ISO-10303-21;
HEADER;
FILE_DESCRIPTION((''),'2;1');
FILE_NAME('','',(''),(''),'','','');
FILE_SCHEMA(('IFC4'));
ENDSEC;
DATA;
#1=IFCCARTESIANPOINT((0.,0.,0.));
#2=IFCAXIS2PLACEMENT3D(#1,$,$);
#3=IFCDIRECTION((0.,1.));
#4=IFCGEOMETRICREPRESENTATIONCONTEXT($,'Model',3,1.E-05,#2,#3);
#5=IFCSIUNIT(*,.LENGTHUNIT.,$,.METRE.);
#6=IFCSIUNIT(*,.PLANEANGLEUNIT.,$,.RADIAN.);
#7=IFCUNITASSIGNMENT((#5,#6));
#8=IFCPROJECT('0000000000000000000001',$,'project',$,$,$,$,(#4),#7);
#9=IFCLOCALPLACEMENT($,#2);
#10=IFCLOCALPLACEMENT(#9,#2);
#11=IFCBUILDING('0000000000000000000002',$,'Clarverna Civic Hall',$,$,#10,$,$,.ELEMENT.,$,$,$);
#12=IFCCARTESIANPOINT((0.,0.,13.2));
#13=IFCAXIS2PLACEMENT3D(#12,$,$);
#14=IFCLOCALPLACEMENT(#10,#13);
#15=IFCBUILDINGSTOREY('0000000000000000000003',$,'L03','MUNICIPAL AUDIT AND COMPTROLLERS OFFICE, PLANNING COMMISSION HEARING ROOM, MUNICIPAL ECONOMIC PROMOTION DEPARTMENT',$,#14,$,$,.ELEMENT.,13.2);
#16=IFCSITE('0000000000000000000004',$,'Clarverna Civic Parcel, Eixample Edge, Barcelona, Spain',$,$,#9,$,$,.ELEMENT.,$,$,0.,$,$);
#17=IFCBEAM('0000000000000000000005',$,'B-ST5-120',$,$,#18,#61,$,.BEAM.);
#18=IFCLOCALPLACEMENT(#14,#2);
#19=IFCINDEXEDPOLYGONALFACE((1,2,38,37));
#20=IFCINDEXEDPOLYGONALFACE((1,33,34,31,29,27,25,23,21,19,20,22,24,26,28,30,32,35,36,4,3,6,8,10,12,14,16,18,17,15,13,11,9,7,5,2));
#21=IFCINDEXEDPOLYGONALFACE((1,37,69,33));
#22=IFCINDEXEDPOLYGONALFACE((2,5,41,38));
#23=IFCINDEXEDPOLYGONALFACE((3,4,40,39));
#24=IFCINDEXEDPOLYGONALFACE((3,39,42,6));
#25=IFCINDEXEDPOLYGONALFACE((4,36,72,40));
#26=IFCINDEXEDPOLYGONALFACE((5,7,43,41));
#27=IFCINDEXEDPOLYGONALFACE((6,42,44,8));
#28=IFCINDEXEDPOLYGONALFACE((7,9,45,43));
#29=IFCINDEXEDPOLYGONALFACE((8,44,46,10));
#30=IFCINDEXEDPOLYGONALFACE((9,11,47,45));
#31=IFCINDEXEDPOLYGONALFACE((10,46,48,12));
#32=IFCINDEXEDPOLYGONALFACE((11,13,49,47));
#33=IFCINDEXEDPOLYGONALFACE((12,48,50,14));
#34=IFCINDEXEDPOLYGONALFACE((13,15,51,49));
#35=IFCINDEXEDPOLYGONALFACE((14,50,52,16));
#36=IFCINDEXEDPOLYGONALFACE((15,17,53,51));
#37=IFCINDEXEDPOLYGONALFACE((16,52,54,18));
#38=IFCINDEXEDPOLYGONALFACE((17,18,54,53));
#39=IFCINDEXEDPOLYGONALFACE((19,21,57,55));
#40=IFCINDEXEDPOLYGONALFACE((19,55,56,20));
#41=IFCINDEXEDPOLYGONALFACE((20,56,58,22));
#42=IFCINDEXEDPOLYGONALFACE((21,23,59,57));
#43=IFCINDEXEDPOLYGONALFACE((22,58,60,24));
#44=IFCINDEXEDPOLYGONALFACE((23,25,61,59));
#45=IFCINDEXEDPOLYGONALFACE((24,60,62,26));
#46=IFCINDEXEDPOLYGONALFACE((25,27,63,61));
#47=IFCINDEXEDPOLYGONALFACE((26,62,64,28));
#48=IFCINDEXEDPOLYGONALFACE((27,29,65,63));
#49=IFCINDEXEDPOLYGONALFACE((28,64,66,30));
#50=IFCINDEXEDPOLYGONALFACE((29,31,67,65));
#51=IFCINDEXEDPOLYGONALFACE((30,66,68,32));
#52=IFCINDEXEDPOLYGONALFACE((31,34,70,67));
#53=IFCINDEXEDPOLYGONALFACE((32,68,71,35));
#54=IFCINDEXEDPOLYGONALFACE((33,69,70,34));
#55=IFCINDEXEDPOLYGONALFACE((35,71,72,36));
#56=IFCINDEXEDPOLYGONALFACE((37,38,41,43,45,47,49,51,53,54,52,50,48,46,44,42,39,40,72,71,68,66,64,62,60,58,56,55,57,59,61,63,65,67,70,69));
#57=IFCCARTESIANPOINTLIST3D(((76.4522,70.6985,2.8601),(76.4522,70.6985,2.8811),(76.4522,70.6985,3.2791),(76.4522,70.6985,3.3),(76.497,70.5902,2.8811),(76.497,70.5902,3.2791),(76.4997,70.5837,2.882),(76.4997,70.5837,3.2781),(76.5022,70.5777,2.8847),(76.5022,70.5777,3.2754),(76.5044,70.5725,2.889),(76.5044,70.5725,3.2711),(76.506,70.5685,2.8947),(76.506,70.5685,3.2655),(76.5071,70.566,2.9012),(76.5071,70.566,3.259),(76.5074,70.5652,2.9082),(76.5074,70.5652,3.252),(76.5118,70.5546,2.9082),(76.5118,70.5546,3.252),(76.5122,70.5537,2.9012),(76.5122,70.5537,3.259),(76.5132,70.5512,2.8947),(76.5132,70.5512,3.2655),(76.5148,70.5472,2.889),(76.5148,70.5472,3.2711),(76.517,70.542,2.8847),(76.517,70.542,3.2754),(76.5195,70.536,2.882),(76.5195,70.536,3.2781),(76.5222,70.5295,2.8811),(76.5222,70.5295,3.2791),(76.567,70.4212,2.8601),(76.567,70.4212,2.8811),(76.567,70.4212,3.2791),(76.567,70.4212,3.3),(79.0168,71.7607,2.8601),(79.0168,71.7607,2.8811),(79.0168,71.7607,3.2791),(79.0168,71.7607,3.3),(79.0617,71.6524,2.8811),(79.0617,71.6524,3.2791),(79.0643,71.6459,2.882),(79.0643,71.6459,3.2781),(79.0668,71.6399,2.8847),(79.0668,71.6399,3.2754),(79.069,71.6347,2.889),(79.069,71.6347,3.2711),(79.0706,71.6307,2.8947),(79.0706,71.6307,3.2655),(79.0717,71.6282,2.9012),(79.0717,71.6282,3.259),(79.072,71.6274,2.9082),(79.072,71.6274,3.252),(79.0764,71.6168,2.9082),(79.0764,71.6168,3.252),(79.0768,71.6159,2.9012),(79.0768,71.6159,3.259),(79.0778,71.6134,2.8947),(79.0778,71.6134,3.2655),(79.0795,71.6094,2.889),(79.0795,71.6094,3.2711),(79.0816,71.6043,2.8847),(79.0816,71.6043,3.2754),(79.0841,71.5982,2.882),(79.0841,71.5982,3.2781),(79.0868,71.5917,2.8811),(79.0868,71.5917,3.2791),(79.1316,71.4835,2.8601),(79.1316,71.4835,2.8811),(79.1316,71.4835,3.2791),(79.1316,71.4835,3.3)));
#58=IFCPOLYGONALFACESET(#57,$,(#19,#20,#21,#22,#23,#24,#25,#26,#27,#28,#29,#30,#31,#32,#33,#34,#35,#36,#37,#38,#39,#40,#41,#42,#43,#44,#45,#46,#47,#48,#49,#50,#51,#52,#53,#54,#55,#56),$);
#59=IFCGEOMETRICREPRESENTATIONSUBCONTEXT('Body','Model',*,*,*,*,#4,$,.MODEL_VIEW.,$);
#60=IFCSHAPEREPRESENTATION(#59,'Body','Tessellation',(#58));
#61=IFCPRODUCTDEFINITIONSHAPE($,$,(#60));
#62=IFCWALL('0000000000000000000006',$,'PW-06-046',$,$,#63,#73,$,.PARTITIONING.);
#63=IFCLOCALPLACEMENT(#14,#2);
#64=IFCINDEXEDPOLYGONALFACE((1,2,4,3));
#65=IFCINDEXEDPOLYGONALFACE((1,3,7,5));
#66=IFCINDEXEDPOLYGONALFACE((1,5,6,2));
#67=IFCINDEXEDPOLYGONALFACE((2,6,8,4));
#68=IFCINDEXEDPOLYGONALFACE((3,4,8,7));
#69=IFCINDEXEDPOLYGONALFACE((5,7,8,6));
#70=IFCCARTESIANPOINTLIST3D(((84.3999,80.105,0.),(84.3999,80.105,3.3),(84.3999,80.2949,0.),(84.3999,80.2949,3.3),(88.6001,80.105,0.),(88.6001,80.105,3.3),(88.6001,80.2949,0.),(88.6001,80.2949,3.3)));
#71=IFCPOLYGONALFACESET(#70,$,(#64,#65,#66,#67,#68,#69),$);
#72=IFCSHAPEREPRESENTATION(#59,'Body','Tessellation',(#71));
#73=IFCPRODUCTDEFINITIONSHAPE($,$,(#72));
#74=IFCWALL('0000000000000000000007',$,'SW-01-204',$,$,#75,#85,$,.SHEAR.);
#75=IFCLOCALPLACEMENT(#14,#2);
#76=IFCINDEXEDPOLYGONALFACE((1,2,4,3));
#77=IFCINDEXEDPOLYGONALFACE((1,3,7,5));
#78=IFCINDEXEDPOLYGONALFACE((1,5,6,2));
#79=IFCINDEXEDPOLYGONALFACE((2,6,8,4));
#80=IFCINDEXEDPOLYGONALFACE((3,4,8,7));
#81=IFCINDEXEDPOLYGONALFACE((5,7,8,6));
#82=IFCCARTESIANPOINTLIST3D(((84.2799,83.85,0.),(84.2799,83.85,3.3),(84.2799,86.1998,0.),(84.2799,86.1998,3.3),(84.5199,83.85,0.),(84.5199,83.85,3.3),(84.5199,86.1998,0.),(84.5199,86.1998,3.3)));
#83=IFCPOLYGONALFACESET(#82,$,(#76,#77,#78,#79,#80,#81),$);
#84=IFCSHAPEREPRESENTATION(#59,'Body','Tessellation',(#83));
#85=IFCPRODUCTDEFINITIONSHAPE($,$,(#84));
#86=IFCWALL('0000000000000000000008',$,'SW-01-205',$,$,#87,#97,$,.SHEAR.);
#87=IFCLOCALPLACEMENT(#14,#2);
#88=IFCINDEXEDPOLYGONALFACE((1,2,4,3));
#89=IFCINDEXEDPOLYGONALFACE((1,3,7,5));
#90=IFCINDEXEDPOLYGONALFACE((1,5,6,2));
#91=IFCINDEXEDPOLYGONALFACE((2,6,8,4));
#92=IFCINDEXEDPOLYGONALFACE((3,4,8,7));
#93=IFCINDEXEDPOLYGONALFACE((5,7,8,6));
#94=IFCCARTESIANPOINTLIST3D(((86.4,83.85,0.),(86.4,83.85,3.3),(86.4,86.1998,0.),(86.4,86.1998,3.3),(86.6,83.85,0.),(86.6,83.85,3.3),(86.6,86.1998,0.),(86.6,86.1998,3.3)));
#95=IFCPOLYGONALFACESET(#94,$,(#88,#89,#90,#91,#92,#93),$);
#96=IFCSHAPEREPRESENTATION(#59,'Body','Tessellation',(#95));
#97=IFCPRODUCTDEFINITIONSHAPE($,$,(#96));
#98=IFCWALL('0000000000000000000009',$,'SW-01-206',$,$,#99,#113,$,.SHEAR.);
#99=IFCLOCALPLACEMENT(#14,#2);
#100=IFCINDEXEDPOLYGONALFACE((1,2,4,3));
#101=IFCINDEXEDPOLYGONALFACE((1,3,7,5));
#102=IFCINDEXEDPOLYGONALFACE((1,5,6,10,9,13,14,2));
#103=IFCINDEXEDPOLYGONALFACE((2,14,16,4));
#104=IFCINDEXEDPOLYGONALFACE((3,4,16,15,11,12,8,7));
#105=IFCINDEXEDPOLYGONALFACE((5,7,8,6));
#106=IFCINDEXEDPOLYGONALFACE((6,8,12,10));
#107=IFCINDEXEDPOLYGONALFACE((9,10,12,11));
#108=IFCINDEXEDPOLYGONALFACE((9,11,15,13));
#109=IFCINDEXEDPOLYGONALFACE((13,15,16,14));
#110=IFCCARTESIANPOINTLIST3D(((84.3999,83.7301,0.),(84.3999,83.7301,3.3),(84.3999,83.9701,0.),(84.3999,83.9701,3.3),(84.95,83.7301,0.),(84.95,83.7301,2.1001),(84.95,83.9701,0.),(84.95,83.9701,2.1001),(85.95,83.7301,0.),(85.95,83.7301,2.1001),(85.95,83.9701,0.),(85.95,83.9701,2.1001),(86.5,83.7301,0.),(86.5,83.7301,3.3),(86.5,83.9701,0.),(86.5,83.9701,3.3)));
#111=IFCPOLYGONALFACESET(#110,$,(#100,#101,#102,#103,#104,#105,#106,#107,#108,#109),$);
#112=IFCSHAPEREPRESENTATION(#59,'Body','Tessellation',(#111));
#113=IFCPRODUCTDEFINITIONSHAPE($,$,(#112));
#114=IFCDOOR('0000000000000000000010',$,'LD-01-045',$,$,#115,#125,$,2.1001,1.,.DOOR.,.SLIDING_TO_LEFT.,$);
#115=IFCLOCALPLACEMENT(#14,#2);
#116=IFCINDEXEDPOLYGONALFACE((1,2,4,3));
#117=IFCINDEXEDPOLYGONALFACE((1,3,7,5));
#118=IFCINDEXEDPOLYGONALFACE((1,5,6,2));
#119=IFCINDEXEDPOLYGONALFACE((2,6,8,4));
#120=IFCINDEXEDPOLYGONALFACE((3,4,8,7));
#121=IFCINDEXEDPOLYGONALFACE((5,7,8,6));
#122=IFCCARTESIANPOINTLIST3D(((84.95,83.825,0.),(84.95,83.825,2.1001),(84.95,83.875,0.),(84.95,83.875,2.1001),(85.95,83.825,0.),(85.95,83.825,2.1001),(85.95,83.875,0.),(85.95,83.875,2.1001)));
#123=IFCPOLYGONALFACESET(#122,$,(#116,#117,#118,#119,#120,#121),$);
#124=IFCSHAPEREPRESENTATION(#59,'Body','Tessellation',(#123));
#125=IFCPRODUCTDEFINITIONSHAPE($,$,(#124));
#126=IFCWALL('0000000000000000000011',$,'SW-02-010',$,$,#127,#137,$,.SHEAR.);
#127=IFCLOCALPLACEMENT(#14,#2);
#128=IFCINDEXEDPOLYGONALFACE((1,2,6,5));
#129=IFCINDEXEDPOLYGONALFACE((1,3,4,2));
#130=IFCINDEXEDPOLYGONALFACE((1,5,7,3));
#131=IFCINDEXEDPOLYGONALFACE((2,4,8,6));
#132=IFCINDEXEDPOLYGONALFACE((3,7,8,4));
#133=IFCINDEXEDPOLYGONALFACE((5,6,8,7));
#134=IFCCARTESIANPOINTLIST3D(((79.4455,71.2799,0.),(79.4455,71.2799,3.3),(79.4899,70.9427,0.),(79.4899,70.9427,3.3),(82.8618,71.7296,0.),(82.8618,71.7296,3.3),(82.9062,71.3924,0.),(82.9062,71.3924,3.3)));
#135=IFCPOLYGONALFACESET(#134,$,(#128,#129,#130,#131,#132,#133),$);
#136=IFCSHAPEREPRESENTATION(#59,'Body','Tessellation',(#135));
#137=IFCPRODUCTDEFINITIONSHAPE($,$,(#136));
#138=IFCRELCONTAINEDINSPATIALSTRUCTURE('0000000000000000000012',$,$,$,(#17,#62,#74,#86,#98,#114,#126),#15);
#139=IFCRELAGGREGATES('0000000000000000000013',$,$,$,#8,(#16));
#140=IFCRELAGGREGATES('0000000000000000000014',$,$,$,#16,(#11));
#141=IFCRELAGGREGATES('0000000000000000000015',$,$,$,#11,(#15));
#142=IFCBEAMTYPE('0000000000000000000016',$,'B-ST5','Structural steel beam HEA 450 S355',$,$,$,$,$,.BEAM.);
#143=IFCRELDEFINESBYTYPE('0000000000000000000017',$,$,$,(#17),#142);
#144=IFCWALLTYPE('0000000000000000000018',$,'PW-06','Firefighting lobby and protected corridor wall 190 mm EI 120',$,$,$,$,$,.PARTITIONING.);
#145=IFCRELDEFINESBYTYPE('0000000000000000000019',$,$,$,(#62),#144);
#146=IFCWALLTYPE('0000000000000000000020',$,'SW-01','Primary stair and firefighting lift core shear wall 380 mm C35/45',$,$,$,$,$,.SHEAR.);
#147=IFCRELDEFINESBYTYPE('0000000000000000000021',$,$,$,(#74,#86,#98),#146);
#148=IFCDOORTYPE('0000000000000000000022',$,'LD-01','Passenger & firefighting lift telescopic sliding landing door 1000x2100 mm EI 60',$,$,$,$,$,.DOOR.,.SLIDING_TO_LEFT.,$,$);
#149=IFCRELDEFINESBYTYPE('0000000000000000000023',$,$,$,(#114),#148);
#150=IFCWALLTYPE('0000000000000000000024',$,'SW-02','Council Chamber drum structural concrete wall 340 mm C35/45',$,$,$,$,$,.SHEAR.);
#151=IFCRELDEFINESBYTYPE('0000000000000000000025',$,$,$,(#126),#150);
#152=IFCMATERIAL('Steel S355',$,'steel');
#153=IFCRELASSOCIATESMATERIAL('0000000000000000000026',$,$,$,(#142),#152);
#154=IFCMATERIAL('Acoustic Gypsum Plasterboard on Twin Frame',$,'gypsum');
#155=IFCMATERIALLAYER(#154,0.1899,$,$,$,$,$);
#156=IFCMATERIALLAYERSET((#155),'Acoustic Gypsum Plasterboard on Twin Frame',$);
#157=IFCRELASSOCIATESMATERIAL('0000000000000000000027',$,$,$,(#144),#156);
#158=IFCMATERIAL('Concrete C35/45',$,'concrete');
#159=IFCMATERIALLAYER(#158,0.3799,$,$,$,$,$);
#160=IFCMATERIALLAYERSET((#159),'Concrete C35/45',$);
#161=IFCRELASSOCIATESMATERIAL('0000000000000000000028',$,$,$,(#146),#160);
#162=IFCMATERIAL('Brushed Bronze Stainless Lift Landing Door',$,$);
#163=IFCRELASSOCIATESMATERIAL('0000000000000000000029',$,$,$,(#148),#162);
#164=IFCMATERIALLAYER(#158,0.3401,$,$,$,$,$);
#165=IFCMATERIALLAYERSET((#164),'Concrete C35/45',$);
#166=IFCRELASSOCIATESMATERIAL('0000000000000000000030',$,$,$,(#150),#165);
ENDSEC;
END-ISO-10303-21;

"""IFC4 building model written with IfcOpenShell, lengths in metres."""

from ifc_helpers import new_model, si_unit, direction, frame, frame_2d, origin, origin_2d, place, context, subcontext, project, spatial, rectangle, i_section, extrude, material, layer, layer_set, material_profile, profile_set, type_object, element, fill, save


model = new_model("IFC4")

# Units and contexts
model_context = context("Model", 3, precision=1e-05, world=origin(), true_north=direction((0.0, 1.0)))
body_context = subcontext(model_context, "Body", "Model", "MODEL_VIEW")
ifc_project = project(units=[si_unit("LENGTHUNIT", "METRE"), si_unit("PLANEANGLEUNIT", "RADIAN")], contexts=[model_context])

# Site, building, storey
site_placement = place(None, origin())
site = spatial("IfcSite", under=ifc_project, at=site_placement, Name="Clarverna Civic Parcel, Eixample Edge, Barcelona, Spain", CompositionType="ELEMENT", RefElevation=0.0)
building_placement = place(site_placement, origin())
building = spatial("IfcBuilding", under=site, at=building_placement, Name="Clarverna Civic Hall", CompositionType="ELEMENT")
storey_placement = place(building_placement, frame((0.0, 0.0, 13.2)))
storey = spatial("IfcBuildingStorey", under=building, at=storey_placement, Name="L03", Description="MUNICIPAL AUDIT AND COMPTROLLERS OFFICE, PLANNING COMMISSION HEARING ROOM, MUNICIPAL ECONOMIC PROMOTION DEPARTMENT", CompositionType="ELEMENT", Elevation=13.2)

# Shared definitions
ifc_material_1 = material(Name="Concrete C35/45", Category="concrete")

# Beam
ifc_material_2 = material(Name="Steel S355", Category="steel")
ifc_material_profile_1 = material_profile(ifc_material_2, i_section(OverallWidth=0.3, OverallDepth=0.4399, WebThickness=0.0115, FlangeThickness=0.021, FilletRadius=0.0271, at=origin_2d()), Name="HEA 450")
ifc_profile_set_1 = profile_set([ifc_material_profile_1], Name="Steel S355")
beam_type_1 = type_object("IfcBeamType", Name="B-ST5", Description="Structural steel beam HEA 450 S355", PredefinedType="BEAM", material=ifc_profile_set_1)
for number, where, z_axis, x_axis, name in (
    (1, (79.0742, 71.6221, 3.0801), (-0.923889, -0.38266, 0.0), (0.38266, -0.923889, 0.0), "B-ST5-120"),
):
    element("IfcBeam", number, at=place(storey_placement, frame(where, z_axis=z_axis, x_axis=x_axis)), inside=storey, type_object=beam_type_1, Name=name, PredefinedType="BEAM", context=body_context, shape_type="SweptSolid", body=[
        extrude(i_section(OverallWidth=0.3, OverallDepth=0.4399, WebThickness=0.0115, FlangeThickness=0.021, FilletRadius=0.0271, at=origin_2d()), origin(), (0.0, 0.0, 1.0), 2.7759),
    ])

# Shared definitions
ifc_material_3 = material(Name="Acoustic Gypsum Plasterboard on Twin Frame", Category="gypsum")
ifc_layer_1 = layer(ifc_material_3, 0.1899)
ifc_layer_set_1 = layer_set([ifc_layer_1], Name="Acoustic Gypsum Plasterboard on Twin Frame")
wall_type_1 = type_object("IfcWallType", Name="PW-06", Description="Firefighting lobby and protected corridor wall 190 mm EI 120", PredefinedType="PARTITIONING", material=ifc_layer_set_1)

# Walls
wall_1_placement = place(storey_placement, frame((84.3999, 80.2, 0.0), z_axis=(0.0, 0.0, 1.0), x_axis=(1.0, 0.0, 0.0)))
element("IfcWall", 2, at=wall_1_placement, inside=storey, type_object=wall_type_1, Name="PW-06-046", PredefinedType="PARTITIONING", context=body_context, shape_type="SweptSolid", body=[
    extrude(rectangle(XDim=4.2002, YDim=0.1899, at=frame_2d((2.1001, 0.0))), origin(), (0.0, 0.0, 1.0), 3.3),
])
ifc_layer_2 = layer(ifc_material_1, 0.3799)
ifc_layer_set_2 = layer_set([ifc_layer_2], Name="Concrete C35/45")
wall_type_2 = type_object("IfcWallType", Name="SW-01", Description="Primary stair and firefighting lift core shear wall 380 mm C35/45", PredefinedType="SHEAR", material=ifc_layer_set_2)
wall_2_placement = place(storey_placement, frame((84.3999, 83.8501, 0.0), z_axis=(0.0, 0.0, 1.0), x_axis=(0.0, 1.0, 0.0)))
element("IfcWall", 3, at=wall_2_placement, inside=storey, type_object=wall_type_2, Name="SW-01-204", PredefinedType="SHEAR", context=body_context, shape_type="SweptSolid", body=[
    extrude(rectangle(XDim=2.3499, YDim=0.24, at=frame_2d((1.1748, 0.0))), origin(), (0.0, 0.0, 1.0), 3.3),
])
wall_3_placement = place(storey_placement, frame((86.5, 83.8501, 0.0), z_axis=(0.0, 0.0, 1.0), x_axis=(0.0, 1.0, 0.0)))
element("IfcWall", 4, at=wall_3_placement, inside=storey, type_object=wall_type_2, Name="SW-01-205", PredefinedType="SHEAR", context=body_context, shape_type="SweptSolid", body=[
    extrude(rectangle(XDim=2.3499, YDim=0.2, at=frame_2d((1.1748, 0.0))), origin(), (0.0, 0.0, 1.0), 3.3),
])

# Wall, opening, door
wall_4_placement = place(storey_placement, frame((84.3999, 83.8501, 0.0), z_axis=(0.0, 0.0, 1.0), x_axis=(1.0, 0.0, 0.0)))
wall_4 = element("IfcWall", 5, at=wall_4_placement, inside=storey, type_object=wall_type_2, Name="SW-01-206", PredefinedType="SHEAR", context=body_context, shape_type="SweptSolid", body=[
    extrude(rectangle(XDim=2.1001, YDim=0.24, at=frame_2d((1.05, 0.0))), origin(), (0.0, 0.0, 1.0), 3.3),
])
opening_1_placement = place(wall_4_placement, frame((0.55, 0.0, 0.0)))
opening_1 = element("IfcOpeningElement", 6, at=opening_1_placement, cuts=wall_4, PredefinedType="OPENING", context=body_context, shape_type="SweptSolid", body=[
    extrude(rectangle(XDim=1.0, YDim=2.1001, at=frame_2d((0.5, 1.05))), frame((0.0, 0.1299, 0.0), z_axis=(0.0, -1.0, 0.0), x_axis=(1.0, 0.0, 0.0)), (0.0, 0.0, 1.0), 0.26),
])
ifc_material_4 = material(Name="Brushed Bronze Stainless Lift Landing Door")
door_type_1 = type_object("IfcDoorType", Name="LD-01", Description="Passenger & firefighting lift telescopic sliding landing door 1000x2100 mm EI 60", OperationType="SLIDING_TO_LEFT", PredefinedType="DOOR", material=ifc_material_4)
door_1_placement = place(opening_1_placement, origin())
door_1 = element("IfcDoor", 7, at=door_1_placement, inside=storey, type_object=door_type_1, Name="LD-01-045", OperationType="SLIDING_TO_LEFT", OverallHeight=2.1001, OverallWidth=1.0, PredefinedType="DOOR", context=body_context, shape_type="SweptSolid", body=[
    extrude(rectangle(XDim=1.0, YDim=2.1001, at=frame_2d((0.5, 1.05))), frame((0.0, 0.0249, 0.0), z_axis=(0.0, -1.0, 0.0), x_axis=(1.0, 0.0, 0.0)), (0.0, 0.0, 1.0), 0.05),
])
fill(opening_1, door_1)

# Wall
ifc_layer_3 = layer(ifc_material_1, 0.3401)
ifc_layer_set_3 = layer_set([ifc_layer_3], Name="Concrete C35/45")
wall_type_3 = type_object("IfcWallType", Name="SW-02", Description="Council Chamber drum structural concrete wall 340 mm C35/45", PredefinedType="SHEAR", material=ifc_layer_set_3)
wall_5_placement = place(storey_placement, frame((82.884, 71.561, 0.0), z_axis=(0.0, 0.0, 1.0), x_axis=(-0.991447, -0.130511, 0.0)))
element("IfcWall", 8, at=wall_5_placement, inside=storey, type_object=wall_type_3, Name="SW-02-010", PredefinedType="SHEAR", context=body_context, shape_type="SweptSolid", body=[
    extrude(rectangle(XDim=3.4458, YDim=0.3401, at=frame_2d((1.7229, 0.0))), origin(), (0.0, 0.0, 1.0), 3.3),
])

save(model, "model.ifc")
